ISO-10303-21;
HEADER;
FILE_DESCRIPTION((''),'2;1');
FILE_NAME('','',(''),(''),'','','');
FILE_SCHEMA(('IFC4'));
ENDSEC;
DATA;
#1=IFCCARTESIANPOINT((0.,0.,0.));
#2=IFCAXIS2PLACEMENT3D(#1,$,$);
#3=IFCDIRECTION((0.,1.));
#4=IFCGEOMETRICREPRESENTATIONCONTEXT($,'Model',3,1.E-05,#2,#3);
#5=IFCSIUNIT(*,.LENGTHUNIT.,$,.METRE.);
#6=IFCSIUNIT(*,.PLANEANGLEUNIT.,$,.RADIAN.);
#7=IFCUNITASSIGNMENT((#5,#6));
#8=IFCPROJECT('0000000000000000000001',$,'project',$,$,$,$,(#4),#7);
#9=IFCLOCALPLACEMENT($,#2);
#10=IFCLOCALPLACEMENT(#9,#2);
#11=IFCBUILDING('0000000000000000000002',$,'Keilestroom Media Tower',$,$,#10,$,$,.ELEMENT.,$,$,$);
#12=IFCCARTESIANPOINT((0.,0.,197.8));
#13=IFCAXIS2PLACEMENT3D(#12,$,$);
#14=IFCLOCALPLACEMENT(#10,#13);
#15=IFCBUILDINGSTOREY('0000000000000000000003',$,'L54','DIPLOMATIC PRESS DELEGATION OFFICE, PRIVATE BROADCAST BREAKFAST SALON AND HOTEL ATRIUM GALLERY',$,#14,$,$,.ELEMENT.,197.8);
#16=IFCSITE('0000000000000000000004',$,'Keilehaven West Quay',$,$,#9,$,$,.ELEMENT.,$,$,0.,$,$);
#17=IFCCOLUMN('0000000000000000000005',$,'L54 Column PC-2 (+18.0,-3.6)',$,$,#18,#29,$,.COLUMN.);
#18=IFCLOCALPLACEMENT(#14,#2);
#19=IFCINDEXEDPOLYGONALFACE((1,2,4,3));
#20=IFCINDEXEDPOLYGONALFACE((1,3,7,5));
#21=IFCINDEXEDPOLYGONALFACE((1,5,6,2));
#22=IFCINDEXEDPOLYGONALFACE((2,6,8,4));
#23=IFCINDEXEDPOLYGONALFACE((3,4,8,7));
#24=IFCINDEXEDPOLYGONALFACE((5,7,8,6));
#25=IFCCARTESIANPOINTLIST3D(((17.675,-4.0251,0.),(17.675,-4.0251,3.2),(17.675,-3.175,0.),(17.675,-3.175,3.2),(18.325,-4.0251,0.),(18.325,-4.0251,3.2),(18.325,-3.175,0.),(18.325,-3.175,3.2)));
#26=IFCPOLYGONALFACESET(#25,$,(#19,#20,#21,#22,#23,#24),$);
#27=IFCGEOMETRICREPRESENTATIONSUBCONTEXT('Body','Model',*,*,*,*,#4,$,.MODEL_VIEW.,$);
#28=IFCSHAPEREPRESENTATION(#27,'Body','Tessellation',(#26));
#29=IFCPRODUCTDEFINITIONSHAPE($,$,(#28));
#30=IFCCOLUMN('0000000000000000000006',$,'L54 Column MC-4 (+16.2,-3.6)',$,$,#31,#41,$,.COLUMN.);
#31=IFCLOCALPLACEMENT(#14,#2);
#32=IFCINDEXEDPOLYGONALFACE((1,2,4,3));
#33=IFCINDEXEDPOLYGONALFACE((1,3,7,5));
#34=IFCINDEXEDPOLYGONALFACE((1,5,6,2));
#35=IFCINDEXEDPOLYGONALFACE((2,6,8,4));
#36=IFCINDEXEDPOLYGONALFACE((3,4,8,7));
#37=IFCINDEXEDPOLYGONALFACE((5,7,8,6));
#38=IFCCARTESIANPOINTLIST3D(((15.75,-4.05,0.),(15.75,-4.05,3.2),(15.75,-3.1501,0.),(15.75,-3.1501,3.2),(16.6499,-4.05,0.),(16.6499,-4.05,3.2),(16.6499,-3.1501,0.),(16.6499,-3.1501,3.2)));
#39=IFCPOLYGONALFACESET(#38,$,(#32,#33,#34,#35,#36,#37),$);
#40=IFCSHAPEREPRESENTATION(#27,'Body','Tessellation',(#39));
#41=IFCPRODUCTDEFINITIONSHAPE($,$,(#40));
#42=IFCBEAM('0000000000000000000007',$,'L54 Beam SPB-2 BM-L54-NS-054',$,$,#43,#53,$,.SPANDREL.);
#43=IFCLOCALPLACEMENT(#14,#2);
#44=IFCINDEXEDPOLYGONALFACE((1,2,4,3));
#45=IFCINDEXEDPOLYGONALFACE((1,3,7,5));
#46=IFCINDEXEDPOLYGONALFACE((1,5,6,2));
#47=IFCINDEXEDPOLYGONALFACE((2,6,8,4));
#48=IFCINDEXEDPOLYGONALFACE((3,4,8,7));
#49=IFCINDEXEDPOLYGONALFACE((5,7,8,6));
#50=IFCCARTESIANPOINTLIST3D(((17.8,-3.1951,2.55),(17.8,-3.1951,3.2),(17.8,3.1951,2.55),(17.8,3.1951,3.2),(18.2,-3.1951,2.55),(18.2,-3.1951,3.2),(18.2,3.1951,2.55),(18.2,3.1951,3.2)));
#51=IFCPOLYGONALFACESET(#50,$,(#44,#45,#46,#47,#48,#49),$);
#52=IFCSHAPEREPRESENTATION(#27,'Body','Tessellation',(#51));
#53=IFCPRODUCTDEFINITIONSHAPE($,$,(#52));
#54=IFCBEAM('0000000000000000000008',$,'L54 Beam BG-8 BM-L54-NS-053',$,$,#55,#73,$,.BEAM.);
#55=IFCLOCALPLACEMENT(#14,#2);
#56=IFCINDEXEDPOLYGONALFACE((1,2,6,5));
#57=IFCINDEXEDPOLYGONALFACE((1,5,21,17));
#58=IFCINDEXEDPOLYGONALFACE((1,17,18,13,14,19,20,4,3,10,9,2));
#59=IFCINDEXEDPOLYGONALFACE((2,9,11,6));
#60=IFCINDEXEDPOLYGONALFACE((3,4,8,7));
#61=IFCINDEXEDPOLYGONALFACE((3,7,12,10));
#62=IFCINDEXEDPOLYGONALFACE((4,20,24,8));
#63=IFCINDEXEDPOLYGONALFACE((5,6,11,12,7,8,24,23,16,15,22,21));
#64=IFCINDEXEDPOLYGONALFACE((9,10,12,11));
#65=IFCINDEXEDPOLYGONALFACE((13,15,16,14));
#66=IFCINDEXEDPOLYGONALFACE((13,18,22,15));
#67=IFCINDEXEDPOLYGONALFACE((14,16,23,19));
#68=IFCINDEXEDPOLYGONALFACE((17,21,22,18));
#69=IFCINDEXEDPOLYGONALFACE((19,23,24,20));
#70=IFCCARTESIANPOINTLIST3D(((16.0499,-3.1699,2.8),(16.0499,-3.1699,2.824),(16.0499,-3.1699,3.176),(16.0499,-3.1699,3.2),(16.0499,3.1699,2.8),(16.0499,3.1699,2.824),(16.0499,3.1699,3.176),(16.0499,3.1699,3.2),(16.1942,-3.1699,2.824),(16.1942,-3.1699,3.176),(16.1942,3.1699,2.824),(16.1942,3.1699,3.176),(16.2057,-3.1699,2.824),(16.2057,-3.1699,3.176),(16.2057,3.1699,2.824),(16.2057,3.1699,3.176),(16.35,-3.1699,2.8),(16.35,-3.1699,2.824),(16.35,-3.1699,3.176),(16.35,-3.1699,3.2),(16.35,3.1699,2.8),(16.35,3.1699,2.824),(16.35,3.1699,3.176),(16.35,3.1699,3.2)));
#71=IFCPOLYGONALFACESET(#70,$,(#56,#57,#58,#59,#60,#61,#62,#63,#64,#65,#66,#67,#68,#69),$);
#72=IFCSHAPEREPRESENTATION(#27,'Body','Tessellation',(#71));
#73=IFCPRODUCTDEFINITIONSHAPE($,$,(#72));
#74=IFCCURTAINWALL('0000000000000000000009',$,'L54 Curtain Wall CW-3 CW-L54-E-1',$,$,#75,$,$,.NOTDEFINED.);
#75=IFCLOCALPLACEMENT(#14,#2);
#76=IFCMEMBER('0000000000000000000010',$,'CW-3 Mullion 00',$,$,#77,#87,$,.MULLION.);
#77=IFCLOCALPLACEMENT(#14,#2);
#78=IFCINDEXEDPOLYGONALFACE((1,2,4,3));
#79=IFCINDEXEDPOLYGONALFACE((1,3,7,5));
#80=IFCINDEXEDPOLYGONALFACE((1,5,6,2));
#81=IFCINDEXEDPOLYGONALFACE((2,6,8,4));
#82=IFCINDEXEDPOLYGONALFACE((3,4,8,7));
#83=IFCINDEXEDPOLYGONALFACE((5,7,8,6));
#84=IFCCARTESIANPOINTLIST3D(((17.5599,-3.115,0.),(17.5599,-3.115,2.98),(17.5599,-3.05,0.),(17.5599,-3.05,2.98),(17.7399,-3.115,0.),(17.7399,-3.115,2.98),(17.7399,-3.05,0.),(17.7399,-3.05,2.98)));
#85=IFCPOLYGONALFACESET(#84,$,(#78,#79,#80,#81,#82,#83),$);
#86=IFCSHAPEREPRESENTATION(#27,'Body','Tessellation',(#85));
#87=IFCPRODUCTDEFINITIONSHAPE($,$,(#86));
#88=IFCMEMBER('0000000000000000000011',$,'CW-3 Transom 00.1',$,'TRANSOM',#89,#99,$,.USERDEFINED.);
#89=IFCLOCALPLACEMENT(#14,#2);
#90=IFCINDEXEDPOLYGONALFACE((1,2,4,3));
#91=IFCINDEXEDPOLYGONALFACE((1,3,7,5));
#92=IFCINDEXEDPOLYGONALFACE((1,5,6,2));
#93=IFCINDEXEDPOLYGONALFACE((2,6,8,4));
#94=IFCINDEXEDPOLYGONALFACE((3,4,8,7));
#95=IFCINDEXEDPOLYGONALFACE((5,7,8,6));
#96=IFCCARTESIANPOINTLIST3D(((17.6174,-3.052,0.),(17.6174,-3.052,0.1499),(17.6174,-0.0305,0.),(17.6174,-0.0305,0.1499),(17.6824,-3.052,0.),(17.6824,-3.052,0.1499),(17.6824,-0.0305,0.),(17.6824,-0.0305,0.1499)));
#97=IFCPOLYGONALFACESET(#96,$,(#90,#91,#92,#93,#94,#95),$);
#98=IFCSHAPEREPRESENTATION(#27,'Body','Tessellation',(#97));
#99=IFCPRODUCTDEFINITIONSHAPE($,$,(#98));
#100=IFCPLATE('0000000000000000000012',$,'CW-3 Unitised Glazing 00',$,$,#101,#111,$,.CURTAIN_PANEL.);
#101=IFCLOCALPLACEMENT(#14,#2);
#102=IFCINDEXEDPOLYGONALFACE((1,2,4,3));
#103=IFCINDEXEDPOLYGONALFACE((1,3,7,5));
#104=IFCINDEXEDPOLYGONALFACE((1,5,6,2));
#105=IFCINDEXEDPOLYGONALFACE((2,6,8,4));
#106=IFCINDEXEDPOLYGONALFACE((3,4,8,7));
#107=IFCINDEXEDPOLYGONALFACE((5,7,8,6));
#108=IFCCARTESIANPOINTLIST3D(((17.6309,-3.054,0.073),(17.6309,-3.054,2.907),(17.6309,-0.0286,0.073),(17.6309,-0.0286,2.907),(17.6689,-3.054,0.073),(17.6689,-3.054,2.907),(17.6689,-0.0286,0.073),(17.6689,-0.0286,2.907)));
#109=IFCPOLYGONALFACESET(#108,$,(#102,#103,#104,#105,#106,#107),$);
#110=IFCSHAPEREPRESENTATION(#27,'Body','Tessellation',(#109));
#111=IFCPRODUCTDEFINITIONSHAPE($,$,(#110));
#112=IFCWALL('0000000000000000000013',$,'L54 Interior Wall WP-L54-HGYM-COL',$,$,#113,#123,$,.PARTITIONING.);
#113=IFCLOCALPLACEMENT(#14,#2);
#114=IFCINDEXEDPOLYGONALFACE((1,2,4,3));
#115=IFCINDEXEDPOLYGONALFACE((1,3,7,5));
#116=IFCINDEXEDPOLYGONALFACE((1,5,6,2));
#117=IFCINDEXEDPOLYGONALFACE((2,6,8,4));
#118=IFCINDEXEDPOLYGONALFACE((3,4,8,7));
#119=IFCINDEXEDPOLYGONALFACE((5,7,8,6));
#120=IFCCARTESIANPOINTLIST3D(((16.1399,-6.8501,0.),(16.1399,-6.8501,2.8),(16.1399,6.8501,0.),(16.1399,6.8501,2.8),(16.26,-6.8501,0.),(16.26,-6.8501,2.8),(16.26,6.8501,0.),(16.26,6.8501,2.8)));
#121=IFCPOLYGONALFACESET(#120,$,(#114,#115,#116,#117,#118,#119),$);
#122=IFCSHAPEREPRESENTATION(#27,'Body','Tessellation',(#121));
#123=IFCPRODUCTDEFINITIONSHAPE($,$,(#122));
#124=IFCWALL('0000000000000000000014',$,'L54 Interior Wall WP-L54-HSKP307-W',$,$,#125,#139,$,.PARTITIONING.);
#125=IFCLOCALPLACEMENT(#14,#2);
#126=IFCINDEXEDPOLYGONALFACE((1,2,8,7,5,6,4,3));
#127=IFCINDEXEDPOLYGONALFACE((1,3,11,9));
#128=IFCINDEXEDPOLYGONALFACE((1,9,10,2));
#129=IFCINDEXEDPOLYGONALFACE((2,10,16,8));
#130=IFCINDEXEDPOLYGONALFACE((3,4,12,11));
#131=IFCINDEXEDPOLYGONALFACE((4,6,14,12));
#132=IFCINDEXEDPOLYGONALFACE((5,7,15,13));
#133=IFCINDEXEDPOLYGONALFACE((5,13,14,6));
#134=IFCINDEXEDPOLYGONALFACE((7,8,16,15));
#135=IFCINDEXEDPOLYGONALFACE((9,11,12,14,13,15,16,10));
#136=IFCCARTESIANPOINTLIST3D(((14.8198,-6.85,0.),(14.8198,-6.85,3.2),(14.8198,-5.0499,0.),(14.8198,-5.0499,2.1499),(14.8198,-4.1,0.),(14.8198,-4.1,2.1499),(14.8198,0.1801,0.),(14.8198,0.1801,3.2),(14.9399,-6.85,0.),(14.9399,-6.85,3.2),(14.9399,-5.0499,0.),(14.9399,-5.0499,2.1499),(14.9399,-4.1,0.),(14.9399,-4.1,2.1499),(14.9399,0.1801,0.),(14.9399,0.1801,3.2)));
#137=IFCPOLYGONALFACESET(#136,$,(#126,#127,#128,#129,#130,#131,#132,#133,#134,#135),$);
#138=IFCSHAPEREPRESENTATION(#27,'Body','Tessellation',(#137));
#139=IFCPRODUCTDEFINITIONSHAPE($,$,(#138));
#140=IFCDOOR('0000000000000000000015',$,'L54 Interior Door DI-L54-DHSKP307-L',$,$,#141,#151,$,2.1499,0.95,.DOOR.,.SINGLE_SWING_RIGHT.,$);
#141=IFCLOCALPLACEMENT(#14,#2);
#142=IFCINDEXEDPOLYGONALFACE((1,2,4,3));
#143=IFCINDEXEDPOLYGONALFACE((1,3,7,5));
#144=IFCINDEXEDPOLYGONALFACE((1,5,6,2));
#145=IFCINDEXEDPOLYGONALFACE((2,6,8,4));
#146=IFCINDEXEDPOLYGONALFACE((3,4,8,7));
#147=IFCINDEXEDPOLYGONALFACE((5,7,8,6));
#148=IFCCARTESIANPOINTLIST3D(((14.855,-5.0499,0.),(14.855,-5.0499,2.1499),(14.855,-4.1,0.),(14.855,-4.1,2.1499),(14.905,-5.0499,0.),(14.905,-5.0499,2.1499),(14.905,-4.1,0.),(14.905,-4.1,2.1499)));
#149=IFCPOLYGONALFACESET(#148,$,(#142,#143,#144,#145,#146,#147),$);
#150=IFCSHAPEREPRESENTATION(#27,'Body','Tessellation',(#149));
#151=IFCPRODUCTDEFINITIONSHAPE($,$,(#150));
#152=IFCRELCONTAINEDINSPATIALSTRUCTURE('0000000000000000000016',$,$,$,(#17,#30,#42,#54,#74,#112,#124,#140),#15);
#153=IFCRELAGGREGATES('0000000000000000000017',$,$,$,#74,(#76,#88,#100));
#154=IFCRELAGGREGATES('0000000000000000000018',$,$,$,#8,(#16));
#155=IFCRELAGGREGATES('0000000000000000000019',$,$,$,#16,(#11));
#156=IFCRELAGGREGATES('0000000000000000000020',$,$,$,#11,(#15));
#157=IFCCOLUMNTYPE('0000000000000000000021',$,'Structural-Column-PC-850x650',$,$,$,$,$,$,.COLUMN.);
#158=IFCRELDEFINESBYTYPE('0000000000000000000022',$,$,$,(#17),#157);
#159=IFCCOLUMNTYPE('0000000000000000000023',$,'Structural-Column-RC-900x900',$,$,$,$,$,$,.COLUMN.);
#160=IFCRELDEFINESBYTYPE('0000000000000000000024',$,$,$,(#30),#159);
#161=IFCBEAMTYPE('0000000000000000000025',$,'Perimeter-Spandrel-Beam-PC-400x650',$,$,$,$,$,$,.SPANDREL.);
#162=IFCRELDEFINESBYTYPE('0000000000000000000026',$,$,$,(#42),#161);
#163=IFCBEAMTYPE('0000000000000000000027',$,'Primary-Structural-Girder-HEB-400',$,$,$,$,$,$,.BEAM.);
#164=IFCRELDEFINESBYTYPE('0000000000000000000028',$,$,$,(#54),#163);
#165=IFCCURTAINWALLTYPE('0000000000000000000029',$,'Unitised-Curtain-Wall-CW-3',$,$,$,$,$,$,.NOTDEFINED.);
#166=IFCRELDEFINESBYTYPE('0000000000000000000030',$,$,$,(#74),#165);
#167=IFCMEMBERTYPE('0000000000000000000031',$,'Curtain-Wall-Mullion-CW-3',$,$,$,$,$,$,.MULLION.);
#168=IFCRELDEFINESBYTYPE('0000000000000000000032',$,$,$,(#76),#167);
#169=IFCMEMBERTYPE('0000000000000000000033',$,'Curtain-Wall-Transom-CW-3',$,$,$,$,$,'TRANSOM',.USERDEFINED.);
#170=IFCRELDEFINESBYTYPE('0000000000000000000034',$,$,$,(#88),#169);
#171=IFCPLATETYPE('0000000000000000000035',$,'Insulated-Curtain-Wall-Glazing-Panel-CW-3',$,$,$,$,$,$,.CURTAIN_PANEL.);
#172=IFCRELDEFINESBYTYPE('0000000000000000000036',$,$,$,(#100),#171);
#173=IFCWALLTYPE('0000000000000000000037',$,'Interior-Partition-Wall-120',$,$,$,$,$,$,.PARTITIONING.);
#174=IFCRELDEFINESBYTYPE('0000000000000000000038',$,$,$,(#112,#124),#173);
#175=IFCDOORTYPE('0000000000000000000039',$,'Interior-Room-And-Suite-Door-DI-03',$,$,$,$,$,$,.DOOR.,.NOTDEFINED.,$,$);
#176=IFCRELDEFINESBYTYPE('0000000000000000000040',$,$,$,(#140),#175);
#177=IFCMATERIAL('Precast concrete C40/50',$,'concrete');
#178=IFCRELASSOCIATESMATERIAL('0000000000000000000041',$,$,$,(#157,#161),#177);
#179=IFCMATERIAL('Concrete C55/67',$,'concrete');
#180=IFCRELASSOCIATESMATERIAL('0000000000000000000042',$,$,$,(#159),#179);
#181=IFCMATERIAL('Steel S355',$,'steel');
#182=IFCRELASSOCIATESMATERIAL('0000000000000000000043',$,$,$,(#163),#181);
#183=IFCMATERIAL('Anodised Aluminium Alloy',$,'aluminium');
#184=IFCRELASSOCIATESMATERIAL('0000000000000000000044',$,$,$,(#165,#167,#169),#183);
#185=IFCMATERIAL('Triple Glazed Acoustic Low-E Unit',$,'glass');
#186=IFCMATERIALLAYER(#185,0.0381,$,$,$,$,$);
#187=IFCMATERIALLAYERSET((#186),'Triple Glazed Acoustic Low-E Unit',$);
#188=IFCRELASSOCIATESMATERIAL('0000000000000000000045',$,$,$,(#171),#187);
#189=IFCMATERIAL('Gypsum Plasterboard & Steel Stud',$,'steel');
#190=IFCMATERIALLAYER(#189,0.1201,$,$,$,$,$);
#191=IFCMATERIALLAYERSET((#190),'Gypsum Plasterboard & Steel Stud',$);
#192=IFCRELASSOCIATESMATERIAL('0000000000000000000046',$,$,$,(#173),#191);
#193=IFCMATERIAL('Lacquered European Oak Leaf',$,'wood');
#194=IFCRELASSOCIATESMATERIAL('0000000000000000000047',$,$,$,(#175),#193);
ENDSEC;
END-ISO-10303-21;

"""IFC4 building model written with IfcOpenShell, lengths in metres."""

from ifc_helpers import new_model, si_unit, direction, frame, frame_2d, origin, origin_2d, place, context, subcontext, project, spatial, rectangle, i_section, extrude, source, transform, mapped, material, layer, layer_set, material_profile, profile_set, type_object, element, fill, aggregate, save


model = new_model("IFC4")

# Units and contexts
model_context = context("Model", 3, precision=1e-05, world=origin(), true_north=direction((0.0, 1.0)))
body_context = subcontext(model_context, "Body", "Model", "MODEL_VIEW")
ifc_project = project(units=[si_unit("LENGTHUNIT", "METRE"), si_unit("PLANEANGLEUNIT", "RADIAN")], contexts=[model_context])

# Site, building, storey
site_placement = place(None, origin())
site = spatial("IfcSite", under=ifc_project, at=site_placement, Name="Keilehaven West Quay", CompositionType="ELEMENT", RefElevation=0.0)
building_placement = place(site_placement, origin())
building = spatial("IfcBuilding", under=site, at=building_placement, Name="Keilestroom Media Tower", CompositionType="ELEMENT")
storey_placement = place(building_placement, frame((0.0, 0.0, 197.8)))
storey = spatial("IfcBuildingStorey", under=building, at=storey_placement, Name="L54", Description="DIPLOMATIC PRESS DELEGATION OFFICE, PRIVATE BROADCAST BREAKFAST SALON AND HOTEL ATRIUM GALLERY", CompositionType="ELEMENT", Elevation=197.8)

# Columns
ifc_material_1 = material(Name="Precast concrete C40/50", Category="concrete")
ifc_material_profile_1 = material_profile(ifc_material_1, rectangle(XDim=0.6499, YDim=0.8501, at=origin_2d()), Name="PC 850x650")
ifc_profile_set_1 = profile_set([ifc_material_profile_1], Name="Precast concrete C40/50")
column_type_1 = type_object("IfcColumnType", Name="Structural-Column-PC-850x650", PredefinedType="COLUMN", material=ifc_profile_set_1)
shared_shape_1 = source(origin(), body_context, "Body", "SweptSolid", [
    extrude(rectangle(XDim=0.6499, YDim=0.8501, at=origin_2d()), origin(), (0.0, 0.0, 1.0), 3.2),
])
column_1_placement = place(storey_placement, frame((18.0, -3.6001, 0.0), z_axis=(0.0, 0.0, 1.0), x_axis=(1.0, 0.0, 0.0)))
element("IfcColumn", 1, at=column_1_placement, inside=storey, type_object=column_type_1, Name="L54 Column PC-2 (+18.0,-3.6)", PredefinedType="COLUMN", context=body_context, shape_type="MappedRepresentation", body=[
    mapped(shared_shape_1, transform((0.0, 0.0, 0.0), x_axis=(1.0, 0.0, 0.0), y_axis=(0.0, 1.0, 0.0), z_axis=(0.0, 0.0, 1.0), scale=1.0)),
])
ifc_material_2 = material(Name="Concrete C55/67", Category="concrete")
ifc_material_profile_2 = material_profile(ifc_material_2, rectangle(XDim=0.8999, YDim=0.8999, at=origin_2d()), Name="RC 900x900")
ifc_profile_set_2 = profile_set([ifc_material_profile_2], Name="Concrete C55/67")
column_type_2 = type_object("IfcColumnType", Name="Structural-Column-RC-900x900", PredefinedType="COLUMN", material=ifc_profile_set_2)
shared_shape_2 = source(origin(), body_context, "Body", "SweptSolid", [
    extrude(rectangle(XDim=0.8999, YDim=0.8999, at=origin_2d()), origin(), (0.0, 0.0, 1.0), 3.2),
])
column_2_placement = place(storey_placement, frame((16.2, -3.6001, 0.0), z_axis=(0.0, 0.0, 1.0), x_axis=(1.0, 0.0, 0.0)))
element("IfcColumn", 2, at=column_2_placement, inside=storey, type_object=column_type_2, Name="L54 Column MC-4 (+16.2,-3.6)", PredefinedType="COLUMN", context=body_context, shape_type="MappedRepresentation", body=[
    mapped(shared_shape_2, transform((0.0, 0.0, 0.0), x_axis=(1.0, 0.0, 0.0), y_axis=(0.0, 1.0, 0.0), z_axis=(0.0, 0.0, 1.0), scale=1.0)),
])

# Beams
ifc_material_profile_3 = material_profile(ifc_material_1, rectangle(XDim=0.3999, YDim=0.6499, at=origin_2d()), Name="PC 400x650")
ifc_profile_set_3 = profile_set([ifc_material_profile_3], Name="Precast concrete C40/50")
beam_type_1 = type_object("IfcBeamType", Name="Perimeter-Spandrel-Beam-PC-400x650", PredefinedType="SPANDREL", material=ifc_profile_set_3)
shared_shape_3 = source(origin(), body_context, "Body", "SweptSolid", [
    extrude(rectangle(XDim=0.3999, YDim=0.6499, at=origin_2d()), origin(), (0.0, 0.0, 1.0), 6.3901),
])
beam_1_placement = place(storey_placement, frame((18.0, -3.1951, 2.875), z_axis=(0.0, 1.0, 0.0), x_axis=(-1.0, 0.0, 0.0)))
element("IfcBeam", 3, at=beam_1_placement, inside=storey, type_object=beam_type_1, Name="L54 Beam SPB-2 BM-L54-NS-054", PredefinedType="SPANDREL", context=body_context, shape_type="MappedRepresentation", body=[
    mapped(shared_shape_3, transform((0.0, 0.0, 0.0), x_axis=(1.0, 0.0, 0.0), y_axis=(0.0, 1.0, 0.0), z_axis=(0.0, 0.0, 1.0), scale=1.0)),
])
ifc_material_3 = material(Name="Steel S355", Category="steel")
ifc_material_profile_4 = material_profile(ifc_material_3, i_section(OverallWidth=0.3, OverallDepth=0.3999, WebThickness=0.0115, FlangeThickness=0.0239, at=origin_2d()), Name="HEB 400")
ifc_profile_set_4 = profile_set([ifc_material_profile_4], Name="Steel S355")
beam_type_2 = type_object("IfcBeamType", Name="Primary-Structural-Girder-HEB-400", PredefinedType="BEAM", material=ifc_profile_set_4)
shared_shape_4 = source(origin(), body_context, "Body", "SweptSolid", [
    extrude(i_section(OverallWidth=0.3, OverallDepth=0.3999, WebThickness=0.0115, FlangeThickness=0.0239, at=origin_2d()), origin(), (0.0, 0.0, 1.0), 6.3398),
])
beam_2_placement = place(storey_placement, frame((16.2, -3.1699, 3.0), z_axis=(0.0, 1.0, 0.0), x_axis=(-1.0, 0.0, 0.0)))
element("IfcBeam", 4, at=beam_2_placement, inside=storey, type_object=beam_type_2, Name="L54 Beam BG-8 BM-L54-NS-053", PredefinedType="BEAM", context=body_context, shape_type="MappedRepresentation", body=[
    mapped(shared_shape_4, transform((0.0, 0.0, 0.0), x_axis=(1.0, 0.0, 0.0), y_axis=(0.0, 1.0, 0.0), z_axis=(0.0, 0.0, 1.0), scale=1.0)),
])

# Curtain wall, members, plate
ifc_material_4 = material(Name="Anodised Aluminium Alloy", Category="aluminium")
curtain_wall_type = type_object("IfcCurtainWallType", Name="Unitised-Curtain-Wall-CW-3", PredefinedType="NOTDEFINED", material=ifc_material_4)
curtain_wall_placement = place(storey_placement, origin())
curtain_wall = element("IfcCurtainWall", 5, at=curtain_wall_placement, inside=storey, type_object=curtain_wall_type, Name="L54 Curtain Wall CW-3 CW-L54-E-1", PredefinedType="NOTDEFINED")
ifc_material_profile_5 = material_profile(ifc_material_4, rectangle(XDim=0.0649, YDim=0.1799, at=origin_2d()), Name="ALU MULLION 65x180")
ifc_profile_set_5 = profile_set([ifc_material_profile_5], Name="Anodised Aluminium Alloy")
member_type_1 = type_object("IfcMemberType", Name="Curtain-Wall-Mullion-CW-3", PredefinedType="MULLION", material=ifc_profile_set_5)
shared_shape_5 = source(origin(), body_context, "Body", "SweptSolid", [
    extrude(rectangle(XDim=0.0649, YDim=0.1799, at=origin_2d()), origin(), (0.0, 0.0, 1.0), 2.98),
])
member_1_placement = place(storey_placement, frame((17.6499, -3.0825, 0.0), z_axis=(0.0, 0.0, 1.0), x_axis=(0.0, 1.0, 0.0)))
member_1 = element("IfcMember", 6, at=member_1_placement, type_object=member_type_1, Name="CW-3 Mullion 00", PredefinedType="MULLION", context=body_context, shape_type="MappedRepresentation", body=[
    mapped(shared_shape_5, transform((0.0, 0.0, 0.0), x_axis=(1.0, 0.0, 0.0), y_axis=(0.0, 1.0, 0.0), z_axis=(0.0, 0.0, 1.0), scale=1.0)),
])
ifc_material_profile_6 = material_profile(ifc_material_4, rectangle(XDim=0.0649, YDim=0.1499, at=origin_2d()), Name="ALU TRANSOM 65x150")
ifc_profile_set_6 = profile_set([ifc_material_profile_6], Name="Anodised Aluminium Alloy")
member_type_2 = type_object("IfcMemberType", Name="Curtain-Wall-Transom-CW-3", ElementType="TRANSOM", PredefinedType="USERDEFINED", material=ifc_profile_set_6)
shared_shape_6 = source(origin(), body_context, "Body", "SweptSolid", [
    extrude(rectangle(XDim=0.0649, YDim=0.1499, at=origin_2d()), origin(), (0.0, 0.0, 1.0), 3.0215),
])
member_2_placement = place(storey_placement, frame((17.6499, -3.052, 0.075), z_axis=(0.0, 1.0, 0.0), x_axis=(-1.0, 0.0, 0.0)))
member_2 = element("IfcMember", 7, at=member_2_placement, type_object=member_type_2, Name="CW-3 Transom 00.1", ObjectType="TRANSOM", PredefinedType="USERDEFINED", context=body_context, shape_type="MappedRepresentation", body=[
    mapped(shared_shape_6, transform((0.0, 0.0, 0.0), x_axis=(1.0, 0.0, 0.0), y_axis=(0.0, 1.0, 0.0), z_axis=(0.0, 0.0, 1.0), scale=1.0)),
])
ifc_material_5 = material(Name="Triple Glazed Acoustic Low-E Unit", Category="glass")
ifc_layer_1 = layer(ifc_material_5, 0.0381)
ifc_layer_set_1 = layer_set([ifc_layer_1], Name="Triple Glazed Acoustic Low-E Unit")
plate_type = type_object("IfcPlateType", Name="Insulated-Curtain-Wall-Glazing-Panel-CW-3", PredefinedType="CURTAIN_PANEL", material=ifc_layer_set_1)
shared_shape_7 = source(origin(), body_context, "Body", "SweptSolid", [
    extrude(rectangle(XDim=3.0254, YDim=0.0381, at=origin_2d()), origin(), (0.0, 0.0, 1.0), 2.834),
])
plate_placement = place(storey_placement, frame((17.6499, -1.5413, 0.073), z_axis=(0.0, 0.0, 1.0), x_axis=(0.0, 1.0, 0.0)))
plate = element("IfcPlate", 8, at=plate_placement, type_object=plate_type, Name="CW-3 Unitised Glazing 00", PredefinedType="CURTAIN_PANEL", context=body_context, shape_type="MappedRepresentation", body=[
    mapped(shared_shape_7, transform((0.0, 0.0, 0.0), x_axis=(1.0, 0.0, 0.0), y_axis=(0.0, 1.0, 0.0), z_axis=(0.0, 0.0, 1.0), scale=1.0)),
])
aggregate(curtain_wall, [member_1, member_2, plate])

# Wall
ifc_material_6 = material(Name="Gypsum Plasterboard & Steel Stud", Category="steel")
ifc_layer_2 = layer(ifc_material_6, 0.1201)
ifc_layer_set_2 = layer_set([ifc_layer_2], Name="Gypsum Plasterboard & Steel Stud")
wall_type_1 = type_object("IfcWallType", Name="Interior-Partition-Wall-120", PredefinedType="PARTITIONING", material=ifc_layer_set_2)
wall_1_placement = place(storey_placement, frame((16.2, -6.8501, 0.0), z_axis=(0.0, 0.0, 1.0), x_axis=(0.0, 1.0, 0.0)))
element("IfcWall", 9, at=wall_1_placement, inside=storey, type_object=wall_type_1, Name="L54 Interior Wall WP-L54-HGYM-COL", PredefinedType="PARTITIONING", context=body_context, shape_type="SweptSolid", body=[
    extrude(rectangle(XDim=13.7002, YDim=0.1201, at=frame_2d((6.8501, 0.0))), origin(), (0.0, 0.0, 1.0), 2.8),
])

# Wall, opening, door
wall_2_placement = place(storey_placement, frame((14.8799, -6.8501, 0.0), z_axis=(0.0, 0.0, 1.0), x_axis=(0.0, 1.0, 0.0)))
wall_2 = element("IfcWall", 10, at=wall_2_placement, inside=storey, type_object=wall_type_1, Name="L54 Interior Wall WP-L54-HSKP307-W", PredefinedType="PARTITIONING", context=body_context, shape_type="SweptSolid", body=[
    extrude(rectangle(XDim=7.03, YDim=0.1201, at=frame_2d((3.5151, 0.0))), origin(), (0.0, 0.0, 1.0), 3.2),
])
opening_placement = place(wall_2_placement, frame((1.8, 0.0, 0.0)))
opening = element("IfcOpeningElement", 11, at=opening_placement, cuts=wall_2, PredefinedType="OPENING", context=body_context, shape_type="SweptSolid", body=[
    extrude(rectangle(XDim=0.95, YDim=2.1499, at=frame_2d((0.4751, 1.075))), frame((0.0, 0.0701, 0.0), z_axis=(0.0, -1.0, 0.0), x_axis=(1.0, 0.0, 0.0)), (0.0, 0.0, 1.0), 0.1401),
])
ifc_material_7 = material(Name="Lacquered European Oak Leaf", Category="wood")
door_type = type_object("IfcDoorType", Name="Interior-Room-And-Suite-Door-DI-03", OperationType="NOTDEFINED", PredefinedType="DOOR", material=ifc_material_7)
shared_shape_8 = source(origin(), body_context, "Body", "SweptSolid", [
    extrude(rectangle(XDim=0.95, YDim=2.1499, at=frame_2d((0.4751, 1.075))), frame((0.0, 0.0249, 0.0), z_axis=(0.0, -1.0, 0.0), x_axis=(1.0, 0.0, 0.0)), (0.0, 0.0, 1.0), 0.05),
])
door_placement = place(opening_placement, origin())
door = element("IfcDoor", 12, at=door_placement, inside=storey, type_object=door_type, Name="L54 Interior Door DI-L54-DHSKP307-L", OperationType="SINGLE_SWING_RIGHT", OverallHeight=2.1499, OverallWidth=0.95, PredefinedType="DOOR", context=body_context, shape_type="MappedRepresentation", body=[
    mapped(shared_shape_8, transform((0.0, 0.0, 0.0), x_axis=(1.0, 0.0, 0.0), y_axis=(0.0, 1.0, 0.0), z_axis=(0.0, 0.0, 1.0), scale=1.0)),
])
fill(opening, door)

save(model, "model.ifc")
